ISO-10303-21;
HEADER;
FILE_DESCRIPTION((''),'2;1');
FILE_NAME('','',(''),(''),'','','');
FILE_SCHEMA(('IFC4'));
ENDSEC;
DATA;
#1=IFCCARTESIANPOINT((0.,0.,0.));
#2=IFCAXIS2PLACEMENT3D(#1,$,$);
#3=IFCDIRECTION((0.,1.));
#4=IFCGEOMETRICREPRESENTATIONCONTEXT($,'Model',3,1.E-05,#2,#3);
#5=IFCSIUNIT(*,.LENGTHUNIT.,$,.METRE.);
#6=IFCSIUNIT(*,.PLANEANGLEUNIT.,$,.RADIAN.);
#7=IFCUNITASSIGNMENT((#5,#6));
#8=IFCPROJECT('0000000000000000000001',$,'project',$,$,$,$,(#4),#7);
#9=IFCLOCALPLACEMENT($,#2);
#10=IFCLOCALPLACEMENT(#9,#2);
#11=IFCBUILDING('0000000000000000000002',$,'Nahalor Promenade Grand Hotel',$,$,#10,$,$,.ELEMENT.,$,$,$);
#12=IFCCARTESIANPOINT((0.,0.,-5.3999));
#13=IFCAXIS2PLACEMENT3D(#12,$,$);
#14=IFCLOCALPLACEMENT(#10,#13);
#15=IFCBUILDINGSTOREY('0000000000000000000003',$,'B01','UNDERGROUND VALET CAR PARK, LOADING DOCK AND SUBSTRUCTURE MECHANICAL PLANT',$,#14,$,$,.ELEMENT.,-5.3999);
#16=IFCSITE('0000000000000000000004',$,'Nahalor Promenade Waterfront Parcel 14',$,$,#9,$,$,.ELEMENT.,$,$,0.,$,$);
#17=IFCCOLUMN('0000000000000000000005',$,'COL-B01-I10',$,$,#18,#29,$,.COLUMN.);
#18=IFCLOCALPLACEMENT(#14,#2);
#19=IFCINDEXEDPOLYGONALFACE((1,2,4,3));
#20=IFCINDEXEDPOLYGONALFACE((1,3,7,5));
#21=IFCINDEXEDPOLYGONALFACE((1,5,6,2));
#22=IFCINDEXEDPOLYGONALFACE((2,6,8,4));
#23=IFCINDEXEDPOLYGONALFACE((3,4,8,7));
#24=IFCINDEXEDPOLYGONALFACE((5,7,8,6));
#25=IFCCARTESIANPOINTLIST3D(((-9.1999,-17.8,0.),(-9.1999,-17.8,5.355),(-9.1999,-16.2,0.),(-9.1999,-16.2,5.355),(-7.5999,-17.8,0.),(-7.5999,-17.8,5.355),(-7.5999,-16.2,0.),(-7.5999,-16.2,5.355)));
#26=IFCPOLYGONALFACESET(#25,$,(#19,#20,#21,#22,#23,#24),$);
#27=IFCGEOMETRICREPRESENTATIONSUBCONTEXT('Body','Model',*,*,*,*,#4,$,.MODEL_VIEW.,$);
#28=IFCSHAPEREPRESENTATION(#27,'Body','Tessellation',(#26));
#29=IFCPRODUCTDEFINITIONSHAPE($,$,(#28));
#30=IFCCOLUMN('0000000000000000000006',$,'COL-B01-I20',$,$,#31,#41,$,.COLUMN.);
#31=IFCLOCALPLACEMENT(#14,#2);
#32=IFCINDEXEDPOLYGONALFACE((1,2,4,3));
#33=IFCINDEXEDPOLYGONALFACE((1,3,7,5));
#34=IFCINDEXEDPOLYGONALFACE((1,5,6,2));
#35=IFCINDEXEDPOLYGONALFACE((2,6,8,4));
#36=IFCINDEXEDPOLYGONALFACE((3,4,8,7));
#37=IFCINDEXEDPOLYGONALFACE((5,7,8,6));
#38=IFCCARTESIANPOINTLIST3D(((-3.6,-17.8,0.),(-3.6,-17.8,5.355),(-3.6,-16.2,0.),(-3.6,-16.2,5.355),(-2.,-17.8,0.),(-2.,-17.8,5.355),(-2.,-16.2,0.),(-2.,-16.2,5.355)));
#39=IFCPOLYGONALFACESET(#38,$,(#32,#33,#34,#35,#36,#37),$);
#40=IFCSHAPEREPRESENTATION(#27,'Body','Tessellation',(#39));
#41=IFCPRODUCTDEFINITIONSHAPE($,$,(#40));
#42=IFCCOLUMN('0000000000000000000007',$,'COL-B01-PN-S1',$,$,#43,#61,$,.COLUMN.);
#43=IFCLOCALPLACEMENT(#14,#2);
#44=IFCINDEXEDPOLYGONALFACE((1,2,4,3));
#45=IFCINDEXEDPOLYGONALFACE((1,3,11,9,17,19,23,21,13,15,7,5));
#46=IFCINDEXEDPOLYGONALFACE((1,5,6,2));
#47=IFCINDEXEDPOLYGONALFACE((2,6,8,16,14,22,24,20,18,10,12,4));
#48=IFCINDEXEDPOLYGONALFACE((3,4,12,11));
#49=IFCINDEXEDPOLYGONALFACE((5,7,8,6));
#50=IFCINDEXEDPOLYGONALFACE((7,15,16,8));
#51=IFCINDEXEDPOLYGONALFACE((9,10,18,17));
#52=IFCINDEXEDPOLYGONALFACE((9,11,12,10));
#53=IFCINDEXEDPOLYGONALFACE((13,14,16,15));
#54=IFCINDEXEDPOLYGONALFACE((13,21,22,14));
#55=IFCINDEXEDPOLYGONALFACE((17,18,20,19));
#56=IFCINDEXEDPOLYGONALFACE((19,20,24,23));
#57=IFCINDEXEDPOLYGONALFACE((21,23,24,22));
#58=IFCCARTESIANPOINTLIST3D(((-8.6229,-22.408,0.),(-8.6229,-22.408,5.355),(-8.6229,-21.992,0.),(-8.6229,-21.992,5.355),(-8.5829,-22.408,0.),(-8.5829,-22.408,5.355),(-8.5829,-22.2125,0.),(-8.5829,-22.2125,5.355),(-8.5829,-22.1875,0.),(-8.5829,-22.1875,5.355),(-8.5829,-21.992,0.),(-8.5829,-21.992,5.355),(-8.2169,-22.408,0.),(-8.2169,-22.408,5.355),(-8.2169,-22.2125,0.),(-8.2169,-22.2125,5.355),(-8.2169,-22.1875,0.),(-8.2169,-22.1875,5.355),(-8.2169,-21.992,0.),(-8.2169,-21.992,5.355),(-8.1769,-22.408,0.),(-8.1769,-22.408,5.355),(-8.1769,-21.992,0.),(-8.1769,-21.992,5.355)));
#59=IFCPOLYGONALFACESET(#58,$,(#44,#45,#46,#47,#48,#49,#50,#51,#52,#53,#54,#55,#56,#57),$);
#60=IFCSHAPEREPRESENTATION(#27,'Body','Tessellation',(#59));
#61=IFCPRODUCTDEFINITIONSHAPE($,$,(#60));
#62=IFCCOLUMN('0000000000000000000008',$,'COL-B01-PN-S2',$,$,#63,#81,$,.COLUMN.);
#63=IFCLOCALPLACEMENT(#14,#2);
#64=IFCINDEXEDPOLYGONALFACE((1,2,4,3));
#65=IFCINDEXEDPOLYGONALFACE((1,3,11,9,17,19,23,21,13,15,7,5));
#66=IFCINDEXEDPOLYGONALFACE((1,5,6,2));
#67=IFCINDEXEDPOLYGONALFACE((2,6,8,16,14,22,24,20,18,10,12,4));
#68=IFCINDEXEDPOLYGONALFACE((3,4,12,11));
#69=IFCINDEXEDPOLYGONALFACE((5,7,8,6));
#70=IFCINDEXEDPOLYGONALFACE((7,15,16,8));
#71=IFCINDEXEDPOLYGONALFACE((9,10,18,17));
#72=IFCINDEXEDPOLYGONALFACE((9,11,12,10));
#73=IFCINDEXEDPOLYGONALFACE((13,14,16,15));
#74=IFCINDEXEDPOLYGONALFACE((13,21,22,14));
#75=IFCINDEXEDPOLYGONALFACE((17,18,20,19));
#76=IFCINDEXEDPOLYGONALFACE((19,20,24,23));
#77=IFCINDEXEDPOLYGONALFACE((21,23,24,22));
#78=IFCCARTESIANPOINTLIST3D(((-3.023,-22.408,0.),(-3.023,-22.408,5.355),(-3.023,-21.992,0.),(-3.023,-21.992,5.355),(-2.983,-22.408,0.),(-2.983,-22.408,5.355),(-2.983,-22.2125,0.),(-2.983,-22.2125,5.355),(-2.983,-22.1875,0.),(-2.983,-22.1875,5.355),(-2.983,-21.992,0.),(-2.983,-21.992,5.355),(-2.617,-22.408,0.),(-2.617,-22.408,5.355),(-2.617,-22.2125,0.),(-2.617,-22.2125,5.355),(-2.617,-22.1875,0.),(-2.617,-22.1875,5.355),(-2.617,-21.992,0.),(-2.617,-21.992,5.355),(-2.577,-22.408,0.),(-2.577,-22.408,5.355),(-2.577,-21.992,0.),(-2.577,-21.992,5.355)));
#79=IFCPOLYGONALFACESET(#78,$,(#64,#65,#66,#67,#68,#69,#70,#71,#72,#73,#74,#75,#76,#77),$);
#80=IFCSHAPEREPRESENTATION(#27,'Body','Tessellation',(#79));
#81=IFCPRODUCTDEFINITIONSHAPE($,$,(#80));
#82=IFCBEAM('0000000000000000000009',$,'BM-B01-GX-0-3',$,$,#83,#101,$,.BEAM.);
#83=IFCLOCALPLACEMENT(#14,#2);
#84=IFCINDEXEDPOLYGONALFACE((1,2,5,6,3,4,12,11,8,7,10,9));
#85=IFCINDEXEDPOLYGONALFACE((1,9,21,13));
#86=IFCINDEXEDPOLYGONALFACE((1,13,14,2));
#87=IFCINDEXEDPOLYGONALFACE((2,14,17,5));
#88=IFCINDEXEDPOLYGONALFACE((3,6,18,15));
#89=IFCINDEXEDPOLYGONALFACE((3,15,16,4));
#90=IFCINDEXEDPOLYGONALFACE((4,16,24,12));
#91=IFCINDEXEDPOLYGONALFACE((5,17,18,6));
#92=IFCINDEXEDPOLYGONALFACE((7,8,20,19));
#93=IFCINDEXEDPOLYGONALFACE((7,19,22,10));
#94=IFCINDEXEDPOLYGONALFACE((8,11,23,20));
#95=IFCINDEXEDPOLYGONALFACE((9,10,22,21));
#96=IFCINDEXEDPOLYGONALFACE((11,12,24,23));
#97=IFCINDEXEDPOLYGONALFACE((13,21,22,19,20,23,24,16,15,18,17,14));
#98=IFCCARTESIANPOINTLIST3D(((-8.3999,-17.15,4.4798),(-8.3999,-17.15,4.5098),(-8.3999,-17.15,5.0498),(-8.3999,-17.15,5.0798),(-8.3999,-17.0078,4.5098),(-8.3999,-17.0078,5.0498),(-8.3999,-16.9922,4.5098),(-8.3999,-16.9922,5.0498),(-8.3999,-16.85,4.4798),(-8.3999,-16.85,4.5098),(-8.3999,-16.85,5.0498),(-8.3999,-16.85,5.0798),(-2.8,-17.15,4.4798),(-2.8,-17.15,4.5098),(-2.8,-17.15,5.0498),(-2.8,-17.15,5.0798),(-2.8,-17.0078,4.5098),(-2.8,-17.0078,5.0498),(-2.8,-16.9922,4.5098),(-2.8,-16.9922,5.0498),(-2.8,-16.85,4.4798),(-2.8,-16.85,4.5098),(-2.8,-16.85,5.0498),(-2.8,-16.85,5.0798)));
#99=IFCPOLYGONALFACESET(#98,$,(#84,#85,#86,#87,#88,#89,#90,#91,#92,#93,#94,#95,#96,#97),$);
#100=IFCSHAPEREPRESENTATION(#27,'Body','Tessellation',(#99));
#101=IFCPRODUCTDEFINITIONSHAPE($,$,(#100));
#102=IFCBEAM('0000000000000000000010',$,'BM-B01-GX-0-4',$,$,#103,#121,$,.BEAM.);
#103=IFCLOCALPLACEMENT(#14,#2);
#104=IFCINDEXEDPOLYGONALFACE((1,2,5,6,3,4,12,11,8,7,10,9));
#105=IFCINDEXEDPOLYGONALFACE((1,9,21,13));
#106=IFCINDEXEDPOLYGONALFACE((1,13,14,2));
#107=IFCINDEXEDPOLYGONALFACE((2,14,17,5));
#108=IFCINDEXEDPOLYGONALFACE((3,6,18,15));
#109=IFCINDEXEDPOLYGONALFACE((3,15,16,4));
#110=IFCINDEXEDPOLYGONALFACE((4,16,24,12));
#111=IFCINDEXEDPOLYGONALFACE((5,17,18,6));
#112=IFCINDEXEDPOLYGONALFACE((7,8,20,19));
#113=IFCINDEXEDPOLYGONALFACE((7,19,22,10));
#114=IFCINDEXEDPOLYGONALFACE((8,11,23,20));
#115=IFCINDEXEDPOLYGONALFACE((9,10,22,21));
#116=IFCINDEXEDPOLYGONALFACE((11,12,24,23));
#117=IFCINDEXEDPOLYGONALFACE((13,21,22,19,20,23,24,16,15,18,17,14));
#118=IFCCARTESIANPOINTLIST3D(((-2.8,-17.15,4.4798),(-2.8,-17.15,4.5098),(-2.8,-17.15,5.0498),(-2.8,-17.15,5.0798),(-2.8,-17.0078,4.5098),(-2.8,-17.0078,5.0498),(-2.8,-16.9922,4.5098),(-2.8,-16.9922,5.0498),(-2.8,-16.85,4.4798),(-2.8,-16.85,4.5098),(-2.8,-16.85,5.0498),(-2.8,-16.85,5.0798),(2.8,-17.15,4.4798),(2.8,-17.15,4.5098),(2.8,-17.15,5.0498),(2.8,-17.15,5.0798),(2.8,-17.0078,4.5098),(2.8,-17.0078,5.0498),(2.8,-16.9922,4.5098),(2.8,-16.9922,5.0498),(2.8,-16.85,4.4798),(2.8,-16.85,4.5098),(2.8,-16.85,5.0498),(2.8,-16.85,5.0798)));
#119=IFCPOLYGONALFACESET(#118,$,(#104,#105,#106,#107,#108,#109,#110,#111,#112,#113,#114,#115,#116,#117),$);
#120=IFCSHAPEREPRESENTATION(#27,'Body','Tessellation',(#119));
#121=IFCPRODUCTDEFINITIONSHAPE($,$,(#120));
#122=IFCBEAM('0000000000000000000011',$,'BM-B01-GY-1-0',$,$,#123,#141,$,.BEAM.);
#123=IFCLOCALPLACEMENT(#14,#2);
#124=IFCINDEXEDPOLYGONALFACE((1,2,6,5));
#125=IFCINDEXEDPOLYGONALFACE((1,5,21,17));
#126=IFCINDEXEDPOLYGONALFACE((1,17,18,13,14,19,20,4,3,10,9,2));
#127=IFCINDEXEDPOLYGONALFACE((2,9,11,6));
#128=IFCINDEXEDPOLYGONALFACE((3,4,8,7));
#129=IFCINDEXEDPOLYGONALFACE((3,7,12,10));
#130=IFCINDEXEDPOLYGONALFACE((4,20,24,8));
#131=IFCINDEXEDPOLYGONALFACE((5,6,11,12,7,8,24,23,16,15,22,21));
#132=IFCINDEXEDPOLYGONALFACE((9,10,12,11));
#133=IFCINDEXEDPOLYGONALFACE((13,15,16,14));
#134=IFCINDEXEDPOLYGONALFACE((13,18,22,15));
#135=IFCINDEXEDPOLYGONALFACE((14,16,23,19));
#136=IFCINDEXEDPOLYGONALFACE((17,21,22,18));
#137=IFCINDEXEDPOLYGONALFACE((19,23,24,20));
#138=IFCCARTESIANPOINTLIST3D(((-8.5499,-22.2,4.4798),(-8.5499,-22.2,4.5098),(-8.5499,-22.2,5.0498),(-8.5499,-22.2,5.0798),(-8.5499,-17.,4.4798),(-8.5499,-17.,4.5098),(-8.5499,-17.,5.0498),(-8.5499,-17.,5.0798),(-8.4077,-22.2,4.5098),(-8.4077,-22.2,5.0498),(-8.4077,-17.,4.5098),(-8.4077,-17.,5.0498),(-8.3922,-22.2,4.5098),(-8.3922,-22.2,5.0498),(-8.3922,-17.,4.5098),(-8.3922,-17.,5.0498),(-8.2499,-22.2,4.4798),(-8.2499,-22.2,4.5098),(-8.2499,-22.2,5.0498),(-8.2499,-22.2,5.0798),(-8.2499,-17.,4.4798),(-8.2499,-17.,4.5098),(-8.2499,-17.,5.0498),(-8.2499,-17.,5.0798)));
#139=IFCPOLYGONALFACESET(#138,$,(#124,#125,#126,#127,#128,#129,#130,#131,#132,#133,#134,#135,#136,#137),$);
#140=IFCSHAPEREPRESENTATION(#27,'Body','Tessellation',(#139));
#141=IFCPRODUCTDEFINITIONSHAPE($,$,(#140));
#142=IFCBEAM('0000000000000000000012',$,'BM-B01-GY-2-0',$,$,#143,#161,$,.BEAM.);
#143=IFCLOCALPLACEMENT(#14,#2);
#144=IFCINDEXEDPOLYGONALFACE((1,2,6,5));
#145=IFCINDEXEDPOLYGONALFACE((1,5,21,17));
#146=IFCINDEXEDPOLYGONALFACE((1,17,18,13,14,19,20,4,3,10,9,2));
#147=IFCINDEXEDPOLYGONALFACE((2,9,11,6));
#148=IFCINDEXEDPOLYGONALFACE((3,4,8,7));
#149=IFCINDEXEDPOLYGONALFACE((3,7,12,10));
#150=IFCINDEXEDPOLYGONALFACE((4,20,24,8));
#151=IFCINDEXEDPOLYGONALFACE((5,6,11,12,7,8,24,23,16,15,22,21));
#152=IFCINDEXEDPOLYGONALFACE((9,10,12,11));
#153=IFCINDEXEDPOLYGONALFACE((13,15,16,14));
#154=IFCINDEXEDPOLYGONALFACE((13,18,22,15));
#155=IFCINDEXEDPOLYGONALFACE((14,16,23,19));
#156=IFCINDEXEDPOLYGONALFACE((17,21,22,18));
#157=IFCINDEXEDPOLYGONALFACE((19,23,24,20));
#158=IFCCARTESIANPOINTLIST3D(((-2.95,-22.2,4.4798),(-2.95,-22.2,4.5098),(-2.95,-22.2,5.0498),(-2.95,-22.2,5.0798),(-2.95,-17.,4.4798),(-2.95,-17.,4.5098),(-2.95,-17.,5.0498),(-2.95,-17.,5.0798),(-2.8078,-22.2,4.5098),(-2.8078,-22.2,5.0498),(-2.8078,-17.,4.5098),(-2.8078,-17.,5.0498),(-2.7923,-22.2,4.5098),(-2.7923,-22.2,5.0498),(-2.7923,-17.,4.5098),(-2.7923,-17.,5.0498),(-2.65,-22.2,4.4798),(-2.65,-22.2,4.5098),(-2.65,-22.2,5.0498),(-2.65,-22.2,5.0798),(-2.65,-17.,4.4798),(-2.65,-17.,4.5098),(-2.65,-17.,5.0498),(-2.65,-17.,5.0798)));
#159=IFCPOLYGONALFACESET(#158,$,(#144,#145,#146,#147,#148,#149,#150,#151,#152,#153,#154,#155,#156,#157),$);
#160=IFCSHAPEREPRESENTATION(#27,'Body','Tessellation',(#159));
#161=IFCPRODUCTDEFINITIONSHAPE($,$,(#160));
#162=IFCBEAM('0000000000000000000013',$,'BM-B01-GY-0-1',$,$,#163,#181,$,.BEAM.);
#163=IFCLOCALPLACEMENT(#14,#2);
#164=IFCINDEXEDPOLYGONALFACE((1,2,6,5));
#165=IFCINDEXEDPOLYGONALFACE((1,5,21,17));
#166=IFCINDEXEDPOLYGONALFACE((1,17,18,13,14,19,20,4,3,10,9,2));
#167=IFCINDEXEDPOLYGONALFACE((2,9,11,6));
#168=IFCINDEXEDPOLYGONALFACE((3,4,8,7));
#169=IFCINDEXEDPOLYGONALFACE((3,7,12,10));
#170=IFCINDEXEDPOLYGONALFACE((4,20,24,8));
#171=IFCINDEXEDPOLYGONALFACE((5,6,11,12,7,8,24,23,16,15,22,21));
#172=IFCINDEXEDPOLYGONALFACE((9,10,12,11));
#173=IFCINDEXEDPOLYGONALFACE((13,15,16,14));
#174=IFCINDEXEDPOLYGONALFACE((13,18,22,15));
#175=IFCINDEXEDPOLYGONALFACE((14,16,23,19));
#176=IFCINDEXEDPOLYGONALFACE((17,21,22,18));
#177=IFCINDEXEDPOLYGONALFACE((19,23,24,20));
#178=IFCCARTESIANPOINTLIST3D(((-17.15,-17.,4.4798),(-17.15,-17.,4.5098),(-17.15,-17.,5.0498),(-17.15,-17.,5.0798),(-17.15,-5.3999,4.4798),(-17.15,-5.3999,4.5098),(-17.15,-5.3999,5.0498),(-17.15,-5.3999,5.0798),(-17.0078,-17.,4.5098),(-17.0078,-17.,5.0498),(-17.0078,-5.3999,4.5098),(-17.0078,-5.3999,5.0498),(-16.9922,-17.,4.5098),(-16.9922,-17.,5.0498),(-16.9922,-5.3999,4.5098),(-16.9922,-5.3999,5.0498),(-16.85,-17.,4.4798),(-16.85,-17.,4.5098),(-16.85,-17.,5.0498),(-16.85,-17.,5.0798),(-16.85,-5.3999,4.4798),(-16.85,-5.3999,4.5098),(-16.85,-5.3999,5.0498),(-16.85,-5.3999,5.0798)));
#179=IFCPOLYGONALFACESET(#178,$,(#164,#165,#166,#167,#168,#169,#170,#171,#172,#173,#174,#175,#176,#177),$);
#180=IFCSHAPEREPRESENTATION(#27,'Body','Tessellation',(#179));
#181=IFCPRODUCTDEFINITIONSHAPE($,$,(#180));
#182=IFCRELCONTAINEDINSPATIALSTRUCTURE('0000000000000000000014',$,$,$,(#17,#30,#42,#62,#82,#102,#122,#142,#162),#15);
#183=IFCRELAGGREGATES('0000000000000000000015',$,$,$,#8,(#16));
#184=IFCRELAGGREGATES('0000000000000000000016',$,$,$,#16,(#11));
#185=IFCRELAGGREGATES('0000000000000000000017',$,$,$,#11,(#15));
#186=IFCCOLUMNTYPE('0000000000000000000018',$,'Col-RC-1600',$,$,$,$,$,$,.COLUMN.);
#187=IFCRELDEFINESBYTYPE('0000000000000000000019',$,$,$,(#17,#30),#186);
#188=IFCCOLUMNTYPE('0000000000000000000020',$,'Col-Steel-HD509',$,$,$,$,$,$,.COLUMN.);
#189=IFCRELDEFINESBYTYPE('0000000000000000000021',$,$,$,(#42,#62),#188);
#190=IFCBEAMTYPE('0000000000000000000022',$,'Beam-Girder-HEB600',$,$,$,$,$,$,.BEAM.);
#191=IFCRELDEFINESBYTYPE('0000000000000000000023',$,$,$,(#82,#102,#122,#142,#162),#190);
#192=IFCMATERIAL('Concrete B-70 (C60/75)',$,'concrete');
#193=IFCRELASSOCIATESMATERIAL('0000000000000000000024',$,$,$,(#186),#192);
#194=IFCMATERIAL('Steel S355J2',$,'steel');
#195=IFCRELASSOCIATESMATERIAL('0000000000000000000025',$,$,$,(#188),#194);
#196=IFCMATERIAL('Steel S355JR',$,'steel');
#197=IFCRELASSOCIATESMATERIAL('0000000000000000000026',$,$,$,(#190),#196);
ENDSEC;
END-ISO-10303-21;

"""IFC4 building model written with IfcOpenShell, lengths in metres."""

from ifc_helpers import new_model, si_unit, direction, frame, origin, origin_2d, place, context, subcontext, project, spatial, rectangle, i_section, extrude, source, transform, mapped, material, material_profile, profile_set, type_object, element, save


model = new_model("IFC4")

# Units and contexts
model_context = context("Model", 3, precision=1e-05, world=origin(), true_north=direction((0.0, 1.0)))
body_context = subcontext(model_context, "Body", "Model", "MODEL_VIEW")
ifc_project = project(units=[si_unit("LENGTHUNIT", "METRE"), si_unit("PLANEANGLEUNIT", "RADIAN")], contexts=[model_context])

# Site, building, storey
site_placement = place(None, origin())
site = spatial("IfcSite", under=ifc_project, at=site_placement, Name="Nahalor Promenade Waterfront Parcel 14", CompositionType="ELEMENT", RefElevation=0.0)
building_placement = place(site_placement, origin())
building = spatial("IfcBuilding", under=site, at=building_placement, Name="Nahalor Promenade Grand Hotel", CompositionType="ELEMENT")
storey_placement = place(building_placement, frame((0.0, 0.0, -5.3999)))
storey = spatial("IfcBuildingStorey", under=building, at=storey_placement, Name="B01", Description="UNDERGROUND VALET CAR PARK, LOADING DOCK AND SUBSTRUCTURE MECHANICAL PLANT", CompositionType="ELEMENT", Elevation=-5.3999)

# Columns
ifc_material_1 = material(Name="Concrete B-70 (C60/75)", Category="concrete")
ifc_material_profile_1 = material_profile(ifc_material_1, rectangle(XDim=1.6, YDim=1.6, at=origin_2d()), Name="RC 1600x1600")
ifc_profile_set_1 = profile_set([ifc_material_profile_1], Name="Concrete B-70 (C60/75)")
column_type_1 = type_object("IfcColumnType", Name="Col-RC-1600", PredefinedType="COLUMN", material=ifc_profile_set_1)
shared_shape_1 = source(origin(), body_context, "Body", "SweptSolid", [
    extrude(rectangle(XDim=1.6, YDim=1.6, at=origin_2d()), origin(), (0.0, 0.0, 1.0), 5.355),
])
for number, where, z_axis, x_axis, name in (
    (1, (-8.3999, -17.0, 0.0), (0.0, 0.0, 1.0), (1.0, 0.0, 0.0), "COL-B01-I10"),
    (2, (-2.8, -17.0, 0.0), (0.0, 0.0, 1.0), (1.0, 0.0, 0.0), "COL-B01-I20"),
):
    element("IfcColumn", number, at=place(storey_placement, frame(where, z_axis=z_axis, x_axis=x_axis)), inside=storey, type_object=column_type_1, Name=name, PredefinedType="COLUMN", context=body_context, shape_type="MappedRepresentation", body=[
        mapped(shared_shape_1, transform((0.0, 0.0, 0.0), scale=1.0)),
    ])
ifc_material_2 = material(Name="Steel S355J2", Category="steel")
ifc_material_profile_2 = material_profile(ifc_material_2, i_section(OverallWidth=0.416, OverallDepth=0.446, WebThickness=0.025, FlangeThickness=0.04, at=origin_2d()), Name="HD 400x509")
ifc_profile_set_2 = profile_set([ifc_material_profile_2], Name="Steel S355J2")
column_type_2 = type_object("IfcColumnType", Name="Col-Steel-HD509", PredefinedType="COLUMN", material=ifc_profile_set_2)
shared_shape_2 = source(origin(), body_context, "Body", "SweptSolid", [
    extrude(i_section(OverallWidth=0.416, OverallDepth=0.446, WebThickness=0.025, FlangeThickness=0.04, at=origin_2d()), origin(), (0.0, 0.0, 1.0), 5.355),
])
for number, where, z_axis, x_axis, name in (
    (3, (-8.3999, -22.2, 0.0), (0.0, 0.0, 1.0), (0.0, 1.0, 0.0), "COL-B01-PN-S1"),
    (4, (-2.8, -22.2, 0.0), (0.0, 0.0, 1.0), (0.0, 1.0, 0.0), "COL-B01-PN-S2"),
):
    element("IfcColumn", number, at=place(storey_placement, frame(where, z_axis=z_axis, x_axis=x_axis)), inside=storey, type_object=column_type_2, Name=name, PredefinedType="COLUMN", context=body_context, shape_type="MappedRepresentation", body=[
        mapped(shared_shape_2, transform((0.0, 0.0, 0.0), scale=1.0)),
    ])

# Beams
ifc_material_3 = material(Name="Steel S355JR", Category="steel")
ifc_material_profile_3 = material_profile(ifc_material_3, i_section(OverallWidth=0.3, OverallDepth=0.6, WebThickness=0.0155, FlangeThickness=0.03, at=origin_2d()), Name="HEB 600")
ifc_profile_set_3 = profile_set([ifc_material_profile_3], Name="Steel S355JR")
beam_type_1 = type_object("IfcBeamType", Name="Beam-Girder-HEB600", PredefinedType="BEAM", material=ifc_profile_set_3)
shared_shape_3 = source(origin(), body_context, "Body", "SweptSolid", [
    extrude(i_section(OverallWidth=0.3, OverallDepth=0.6, WebThickness=0.0155, FlangeThickness=0.03, at=origin_2d()), origin(), (0.0, 0.0, 1.0), 5.5999),
])
beam_1_placement = place(storey_placement, frame((-8.3999, -17.0, 4.7798), z_axis=(1.0, 0.0, 0.0), x_axis=(0.0, 1.0, 0.0)))
element("IfcBeam", 5, at=beam_1_placement, inside=storey, type_object=beam_type_1, Name="BM-B01-GX-0-3", PredefinedType="BEAM", context=body_context, shape_type="MappedRepresentation", body=[
    mapped(shared_shape_3, transform((0.0, 0.0, 0.0), scale=1.0)),
])
shared_shape_4 = source(origin(), body_context, "Body", "SweptSolid", [
    extrude(i_section(OverallWidth=0.3, OverallDepth=0.6, WebThickness=0.0155, FlangeThickness=0.03, at=origin_2d()), origin(), (0.0, 0.0, 1.0), 5.6001),
])
beam_2_placement = place(storey_placement, frame((-2.8, -17.0, 4.7798), z_axis=(1.0, 0.0, 0.0), x_axis=(0.0, 1.0, 0.0)))
element("IfcBeam", 6, at=beam_2_placement, inside=storey, type_object=beam_type_1, Name="BM-B01-GX-0-4", PredefinedType="BEAM", context=body_context, shape_type="MappedRepresentation", body=[
    mapped(shared_shape_4, transform((0.0, 0.0, 0.0), scale=1.0)),
])
shared_shape_5 = source(origin(), body_context, "Body", "SweptSolid", [
    extrude(i_section(OverallWidth=0.3, OverallDepth=0.6, WebThickness=0.0155, FlangeThickness=0.03, at=origin_2d()), origin(), (0.0, 0.0, 1.0), 5.2),
])
for number, where, z_axis, x_axis, name in (
    (7, (-8.3999, -22.2, 4.7798), (0.0, 1.0, 0.0), (-1.0, 0.0, 0.0), "BM-B01-GY-1-0"),
    (8, (-2.8, -22.2, 4.7798), (0.0, 1.0, 0.0), (-1.0, 0.0, 0.0), "BM-B01-GY-2-0"),
):
    element("IfcBeam", number, at=place(storey_placement, frame(where, z_axis=z_axis, x_axis=x_axis)), inside=storey, type_object=beam_type_1, Name=name, PredefinedType="BEAM", context=body_context, shape_type="MappedRepresentation", body=[
        mapped(shared_shape_5, transform((0.0, 0.0, 0.0), scale=1.0)),
    ])
shared_shape_6 = source(origin(), body_context, "Body", "SweptSolid", [
    extrude(i_section(OverallWidth=0.3, OverallDepth=0.6, WebThickness=0.0155, FlangeThickness=0.03, at=origin_2d()), origin(), (0.0, 0.0, 1.0), 11.6001),
])
for number, where, z_axis, x_axis, name in (
    (9, (-17.0, -17.0, 4.7798), (0.0, 1.0, 0.0), (-1.0, 0.0, 0.0), "BM-B01-GY-0-1"),
):
    element("IfcBeam", number, at=place(storey_placement, frame(where, z_axis=z_axis, x_axis=x_axis)), inside=storey, type_object=beam_type_1, Name=name, PredefinedType="BEAM", context=body_context, shape_type="MappedRepresentation", body=[
        mapped(shared_shape_6, transform((0.0, 0.0, 0.0), scale=1.0)),
    ])

save(model, "model.ifc")
